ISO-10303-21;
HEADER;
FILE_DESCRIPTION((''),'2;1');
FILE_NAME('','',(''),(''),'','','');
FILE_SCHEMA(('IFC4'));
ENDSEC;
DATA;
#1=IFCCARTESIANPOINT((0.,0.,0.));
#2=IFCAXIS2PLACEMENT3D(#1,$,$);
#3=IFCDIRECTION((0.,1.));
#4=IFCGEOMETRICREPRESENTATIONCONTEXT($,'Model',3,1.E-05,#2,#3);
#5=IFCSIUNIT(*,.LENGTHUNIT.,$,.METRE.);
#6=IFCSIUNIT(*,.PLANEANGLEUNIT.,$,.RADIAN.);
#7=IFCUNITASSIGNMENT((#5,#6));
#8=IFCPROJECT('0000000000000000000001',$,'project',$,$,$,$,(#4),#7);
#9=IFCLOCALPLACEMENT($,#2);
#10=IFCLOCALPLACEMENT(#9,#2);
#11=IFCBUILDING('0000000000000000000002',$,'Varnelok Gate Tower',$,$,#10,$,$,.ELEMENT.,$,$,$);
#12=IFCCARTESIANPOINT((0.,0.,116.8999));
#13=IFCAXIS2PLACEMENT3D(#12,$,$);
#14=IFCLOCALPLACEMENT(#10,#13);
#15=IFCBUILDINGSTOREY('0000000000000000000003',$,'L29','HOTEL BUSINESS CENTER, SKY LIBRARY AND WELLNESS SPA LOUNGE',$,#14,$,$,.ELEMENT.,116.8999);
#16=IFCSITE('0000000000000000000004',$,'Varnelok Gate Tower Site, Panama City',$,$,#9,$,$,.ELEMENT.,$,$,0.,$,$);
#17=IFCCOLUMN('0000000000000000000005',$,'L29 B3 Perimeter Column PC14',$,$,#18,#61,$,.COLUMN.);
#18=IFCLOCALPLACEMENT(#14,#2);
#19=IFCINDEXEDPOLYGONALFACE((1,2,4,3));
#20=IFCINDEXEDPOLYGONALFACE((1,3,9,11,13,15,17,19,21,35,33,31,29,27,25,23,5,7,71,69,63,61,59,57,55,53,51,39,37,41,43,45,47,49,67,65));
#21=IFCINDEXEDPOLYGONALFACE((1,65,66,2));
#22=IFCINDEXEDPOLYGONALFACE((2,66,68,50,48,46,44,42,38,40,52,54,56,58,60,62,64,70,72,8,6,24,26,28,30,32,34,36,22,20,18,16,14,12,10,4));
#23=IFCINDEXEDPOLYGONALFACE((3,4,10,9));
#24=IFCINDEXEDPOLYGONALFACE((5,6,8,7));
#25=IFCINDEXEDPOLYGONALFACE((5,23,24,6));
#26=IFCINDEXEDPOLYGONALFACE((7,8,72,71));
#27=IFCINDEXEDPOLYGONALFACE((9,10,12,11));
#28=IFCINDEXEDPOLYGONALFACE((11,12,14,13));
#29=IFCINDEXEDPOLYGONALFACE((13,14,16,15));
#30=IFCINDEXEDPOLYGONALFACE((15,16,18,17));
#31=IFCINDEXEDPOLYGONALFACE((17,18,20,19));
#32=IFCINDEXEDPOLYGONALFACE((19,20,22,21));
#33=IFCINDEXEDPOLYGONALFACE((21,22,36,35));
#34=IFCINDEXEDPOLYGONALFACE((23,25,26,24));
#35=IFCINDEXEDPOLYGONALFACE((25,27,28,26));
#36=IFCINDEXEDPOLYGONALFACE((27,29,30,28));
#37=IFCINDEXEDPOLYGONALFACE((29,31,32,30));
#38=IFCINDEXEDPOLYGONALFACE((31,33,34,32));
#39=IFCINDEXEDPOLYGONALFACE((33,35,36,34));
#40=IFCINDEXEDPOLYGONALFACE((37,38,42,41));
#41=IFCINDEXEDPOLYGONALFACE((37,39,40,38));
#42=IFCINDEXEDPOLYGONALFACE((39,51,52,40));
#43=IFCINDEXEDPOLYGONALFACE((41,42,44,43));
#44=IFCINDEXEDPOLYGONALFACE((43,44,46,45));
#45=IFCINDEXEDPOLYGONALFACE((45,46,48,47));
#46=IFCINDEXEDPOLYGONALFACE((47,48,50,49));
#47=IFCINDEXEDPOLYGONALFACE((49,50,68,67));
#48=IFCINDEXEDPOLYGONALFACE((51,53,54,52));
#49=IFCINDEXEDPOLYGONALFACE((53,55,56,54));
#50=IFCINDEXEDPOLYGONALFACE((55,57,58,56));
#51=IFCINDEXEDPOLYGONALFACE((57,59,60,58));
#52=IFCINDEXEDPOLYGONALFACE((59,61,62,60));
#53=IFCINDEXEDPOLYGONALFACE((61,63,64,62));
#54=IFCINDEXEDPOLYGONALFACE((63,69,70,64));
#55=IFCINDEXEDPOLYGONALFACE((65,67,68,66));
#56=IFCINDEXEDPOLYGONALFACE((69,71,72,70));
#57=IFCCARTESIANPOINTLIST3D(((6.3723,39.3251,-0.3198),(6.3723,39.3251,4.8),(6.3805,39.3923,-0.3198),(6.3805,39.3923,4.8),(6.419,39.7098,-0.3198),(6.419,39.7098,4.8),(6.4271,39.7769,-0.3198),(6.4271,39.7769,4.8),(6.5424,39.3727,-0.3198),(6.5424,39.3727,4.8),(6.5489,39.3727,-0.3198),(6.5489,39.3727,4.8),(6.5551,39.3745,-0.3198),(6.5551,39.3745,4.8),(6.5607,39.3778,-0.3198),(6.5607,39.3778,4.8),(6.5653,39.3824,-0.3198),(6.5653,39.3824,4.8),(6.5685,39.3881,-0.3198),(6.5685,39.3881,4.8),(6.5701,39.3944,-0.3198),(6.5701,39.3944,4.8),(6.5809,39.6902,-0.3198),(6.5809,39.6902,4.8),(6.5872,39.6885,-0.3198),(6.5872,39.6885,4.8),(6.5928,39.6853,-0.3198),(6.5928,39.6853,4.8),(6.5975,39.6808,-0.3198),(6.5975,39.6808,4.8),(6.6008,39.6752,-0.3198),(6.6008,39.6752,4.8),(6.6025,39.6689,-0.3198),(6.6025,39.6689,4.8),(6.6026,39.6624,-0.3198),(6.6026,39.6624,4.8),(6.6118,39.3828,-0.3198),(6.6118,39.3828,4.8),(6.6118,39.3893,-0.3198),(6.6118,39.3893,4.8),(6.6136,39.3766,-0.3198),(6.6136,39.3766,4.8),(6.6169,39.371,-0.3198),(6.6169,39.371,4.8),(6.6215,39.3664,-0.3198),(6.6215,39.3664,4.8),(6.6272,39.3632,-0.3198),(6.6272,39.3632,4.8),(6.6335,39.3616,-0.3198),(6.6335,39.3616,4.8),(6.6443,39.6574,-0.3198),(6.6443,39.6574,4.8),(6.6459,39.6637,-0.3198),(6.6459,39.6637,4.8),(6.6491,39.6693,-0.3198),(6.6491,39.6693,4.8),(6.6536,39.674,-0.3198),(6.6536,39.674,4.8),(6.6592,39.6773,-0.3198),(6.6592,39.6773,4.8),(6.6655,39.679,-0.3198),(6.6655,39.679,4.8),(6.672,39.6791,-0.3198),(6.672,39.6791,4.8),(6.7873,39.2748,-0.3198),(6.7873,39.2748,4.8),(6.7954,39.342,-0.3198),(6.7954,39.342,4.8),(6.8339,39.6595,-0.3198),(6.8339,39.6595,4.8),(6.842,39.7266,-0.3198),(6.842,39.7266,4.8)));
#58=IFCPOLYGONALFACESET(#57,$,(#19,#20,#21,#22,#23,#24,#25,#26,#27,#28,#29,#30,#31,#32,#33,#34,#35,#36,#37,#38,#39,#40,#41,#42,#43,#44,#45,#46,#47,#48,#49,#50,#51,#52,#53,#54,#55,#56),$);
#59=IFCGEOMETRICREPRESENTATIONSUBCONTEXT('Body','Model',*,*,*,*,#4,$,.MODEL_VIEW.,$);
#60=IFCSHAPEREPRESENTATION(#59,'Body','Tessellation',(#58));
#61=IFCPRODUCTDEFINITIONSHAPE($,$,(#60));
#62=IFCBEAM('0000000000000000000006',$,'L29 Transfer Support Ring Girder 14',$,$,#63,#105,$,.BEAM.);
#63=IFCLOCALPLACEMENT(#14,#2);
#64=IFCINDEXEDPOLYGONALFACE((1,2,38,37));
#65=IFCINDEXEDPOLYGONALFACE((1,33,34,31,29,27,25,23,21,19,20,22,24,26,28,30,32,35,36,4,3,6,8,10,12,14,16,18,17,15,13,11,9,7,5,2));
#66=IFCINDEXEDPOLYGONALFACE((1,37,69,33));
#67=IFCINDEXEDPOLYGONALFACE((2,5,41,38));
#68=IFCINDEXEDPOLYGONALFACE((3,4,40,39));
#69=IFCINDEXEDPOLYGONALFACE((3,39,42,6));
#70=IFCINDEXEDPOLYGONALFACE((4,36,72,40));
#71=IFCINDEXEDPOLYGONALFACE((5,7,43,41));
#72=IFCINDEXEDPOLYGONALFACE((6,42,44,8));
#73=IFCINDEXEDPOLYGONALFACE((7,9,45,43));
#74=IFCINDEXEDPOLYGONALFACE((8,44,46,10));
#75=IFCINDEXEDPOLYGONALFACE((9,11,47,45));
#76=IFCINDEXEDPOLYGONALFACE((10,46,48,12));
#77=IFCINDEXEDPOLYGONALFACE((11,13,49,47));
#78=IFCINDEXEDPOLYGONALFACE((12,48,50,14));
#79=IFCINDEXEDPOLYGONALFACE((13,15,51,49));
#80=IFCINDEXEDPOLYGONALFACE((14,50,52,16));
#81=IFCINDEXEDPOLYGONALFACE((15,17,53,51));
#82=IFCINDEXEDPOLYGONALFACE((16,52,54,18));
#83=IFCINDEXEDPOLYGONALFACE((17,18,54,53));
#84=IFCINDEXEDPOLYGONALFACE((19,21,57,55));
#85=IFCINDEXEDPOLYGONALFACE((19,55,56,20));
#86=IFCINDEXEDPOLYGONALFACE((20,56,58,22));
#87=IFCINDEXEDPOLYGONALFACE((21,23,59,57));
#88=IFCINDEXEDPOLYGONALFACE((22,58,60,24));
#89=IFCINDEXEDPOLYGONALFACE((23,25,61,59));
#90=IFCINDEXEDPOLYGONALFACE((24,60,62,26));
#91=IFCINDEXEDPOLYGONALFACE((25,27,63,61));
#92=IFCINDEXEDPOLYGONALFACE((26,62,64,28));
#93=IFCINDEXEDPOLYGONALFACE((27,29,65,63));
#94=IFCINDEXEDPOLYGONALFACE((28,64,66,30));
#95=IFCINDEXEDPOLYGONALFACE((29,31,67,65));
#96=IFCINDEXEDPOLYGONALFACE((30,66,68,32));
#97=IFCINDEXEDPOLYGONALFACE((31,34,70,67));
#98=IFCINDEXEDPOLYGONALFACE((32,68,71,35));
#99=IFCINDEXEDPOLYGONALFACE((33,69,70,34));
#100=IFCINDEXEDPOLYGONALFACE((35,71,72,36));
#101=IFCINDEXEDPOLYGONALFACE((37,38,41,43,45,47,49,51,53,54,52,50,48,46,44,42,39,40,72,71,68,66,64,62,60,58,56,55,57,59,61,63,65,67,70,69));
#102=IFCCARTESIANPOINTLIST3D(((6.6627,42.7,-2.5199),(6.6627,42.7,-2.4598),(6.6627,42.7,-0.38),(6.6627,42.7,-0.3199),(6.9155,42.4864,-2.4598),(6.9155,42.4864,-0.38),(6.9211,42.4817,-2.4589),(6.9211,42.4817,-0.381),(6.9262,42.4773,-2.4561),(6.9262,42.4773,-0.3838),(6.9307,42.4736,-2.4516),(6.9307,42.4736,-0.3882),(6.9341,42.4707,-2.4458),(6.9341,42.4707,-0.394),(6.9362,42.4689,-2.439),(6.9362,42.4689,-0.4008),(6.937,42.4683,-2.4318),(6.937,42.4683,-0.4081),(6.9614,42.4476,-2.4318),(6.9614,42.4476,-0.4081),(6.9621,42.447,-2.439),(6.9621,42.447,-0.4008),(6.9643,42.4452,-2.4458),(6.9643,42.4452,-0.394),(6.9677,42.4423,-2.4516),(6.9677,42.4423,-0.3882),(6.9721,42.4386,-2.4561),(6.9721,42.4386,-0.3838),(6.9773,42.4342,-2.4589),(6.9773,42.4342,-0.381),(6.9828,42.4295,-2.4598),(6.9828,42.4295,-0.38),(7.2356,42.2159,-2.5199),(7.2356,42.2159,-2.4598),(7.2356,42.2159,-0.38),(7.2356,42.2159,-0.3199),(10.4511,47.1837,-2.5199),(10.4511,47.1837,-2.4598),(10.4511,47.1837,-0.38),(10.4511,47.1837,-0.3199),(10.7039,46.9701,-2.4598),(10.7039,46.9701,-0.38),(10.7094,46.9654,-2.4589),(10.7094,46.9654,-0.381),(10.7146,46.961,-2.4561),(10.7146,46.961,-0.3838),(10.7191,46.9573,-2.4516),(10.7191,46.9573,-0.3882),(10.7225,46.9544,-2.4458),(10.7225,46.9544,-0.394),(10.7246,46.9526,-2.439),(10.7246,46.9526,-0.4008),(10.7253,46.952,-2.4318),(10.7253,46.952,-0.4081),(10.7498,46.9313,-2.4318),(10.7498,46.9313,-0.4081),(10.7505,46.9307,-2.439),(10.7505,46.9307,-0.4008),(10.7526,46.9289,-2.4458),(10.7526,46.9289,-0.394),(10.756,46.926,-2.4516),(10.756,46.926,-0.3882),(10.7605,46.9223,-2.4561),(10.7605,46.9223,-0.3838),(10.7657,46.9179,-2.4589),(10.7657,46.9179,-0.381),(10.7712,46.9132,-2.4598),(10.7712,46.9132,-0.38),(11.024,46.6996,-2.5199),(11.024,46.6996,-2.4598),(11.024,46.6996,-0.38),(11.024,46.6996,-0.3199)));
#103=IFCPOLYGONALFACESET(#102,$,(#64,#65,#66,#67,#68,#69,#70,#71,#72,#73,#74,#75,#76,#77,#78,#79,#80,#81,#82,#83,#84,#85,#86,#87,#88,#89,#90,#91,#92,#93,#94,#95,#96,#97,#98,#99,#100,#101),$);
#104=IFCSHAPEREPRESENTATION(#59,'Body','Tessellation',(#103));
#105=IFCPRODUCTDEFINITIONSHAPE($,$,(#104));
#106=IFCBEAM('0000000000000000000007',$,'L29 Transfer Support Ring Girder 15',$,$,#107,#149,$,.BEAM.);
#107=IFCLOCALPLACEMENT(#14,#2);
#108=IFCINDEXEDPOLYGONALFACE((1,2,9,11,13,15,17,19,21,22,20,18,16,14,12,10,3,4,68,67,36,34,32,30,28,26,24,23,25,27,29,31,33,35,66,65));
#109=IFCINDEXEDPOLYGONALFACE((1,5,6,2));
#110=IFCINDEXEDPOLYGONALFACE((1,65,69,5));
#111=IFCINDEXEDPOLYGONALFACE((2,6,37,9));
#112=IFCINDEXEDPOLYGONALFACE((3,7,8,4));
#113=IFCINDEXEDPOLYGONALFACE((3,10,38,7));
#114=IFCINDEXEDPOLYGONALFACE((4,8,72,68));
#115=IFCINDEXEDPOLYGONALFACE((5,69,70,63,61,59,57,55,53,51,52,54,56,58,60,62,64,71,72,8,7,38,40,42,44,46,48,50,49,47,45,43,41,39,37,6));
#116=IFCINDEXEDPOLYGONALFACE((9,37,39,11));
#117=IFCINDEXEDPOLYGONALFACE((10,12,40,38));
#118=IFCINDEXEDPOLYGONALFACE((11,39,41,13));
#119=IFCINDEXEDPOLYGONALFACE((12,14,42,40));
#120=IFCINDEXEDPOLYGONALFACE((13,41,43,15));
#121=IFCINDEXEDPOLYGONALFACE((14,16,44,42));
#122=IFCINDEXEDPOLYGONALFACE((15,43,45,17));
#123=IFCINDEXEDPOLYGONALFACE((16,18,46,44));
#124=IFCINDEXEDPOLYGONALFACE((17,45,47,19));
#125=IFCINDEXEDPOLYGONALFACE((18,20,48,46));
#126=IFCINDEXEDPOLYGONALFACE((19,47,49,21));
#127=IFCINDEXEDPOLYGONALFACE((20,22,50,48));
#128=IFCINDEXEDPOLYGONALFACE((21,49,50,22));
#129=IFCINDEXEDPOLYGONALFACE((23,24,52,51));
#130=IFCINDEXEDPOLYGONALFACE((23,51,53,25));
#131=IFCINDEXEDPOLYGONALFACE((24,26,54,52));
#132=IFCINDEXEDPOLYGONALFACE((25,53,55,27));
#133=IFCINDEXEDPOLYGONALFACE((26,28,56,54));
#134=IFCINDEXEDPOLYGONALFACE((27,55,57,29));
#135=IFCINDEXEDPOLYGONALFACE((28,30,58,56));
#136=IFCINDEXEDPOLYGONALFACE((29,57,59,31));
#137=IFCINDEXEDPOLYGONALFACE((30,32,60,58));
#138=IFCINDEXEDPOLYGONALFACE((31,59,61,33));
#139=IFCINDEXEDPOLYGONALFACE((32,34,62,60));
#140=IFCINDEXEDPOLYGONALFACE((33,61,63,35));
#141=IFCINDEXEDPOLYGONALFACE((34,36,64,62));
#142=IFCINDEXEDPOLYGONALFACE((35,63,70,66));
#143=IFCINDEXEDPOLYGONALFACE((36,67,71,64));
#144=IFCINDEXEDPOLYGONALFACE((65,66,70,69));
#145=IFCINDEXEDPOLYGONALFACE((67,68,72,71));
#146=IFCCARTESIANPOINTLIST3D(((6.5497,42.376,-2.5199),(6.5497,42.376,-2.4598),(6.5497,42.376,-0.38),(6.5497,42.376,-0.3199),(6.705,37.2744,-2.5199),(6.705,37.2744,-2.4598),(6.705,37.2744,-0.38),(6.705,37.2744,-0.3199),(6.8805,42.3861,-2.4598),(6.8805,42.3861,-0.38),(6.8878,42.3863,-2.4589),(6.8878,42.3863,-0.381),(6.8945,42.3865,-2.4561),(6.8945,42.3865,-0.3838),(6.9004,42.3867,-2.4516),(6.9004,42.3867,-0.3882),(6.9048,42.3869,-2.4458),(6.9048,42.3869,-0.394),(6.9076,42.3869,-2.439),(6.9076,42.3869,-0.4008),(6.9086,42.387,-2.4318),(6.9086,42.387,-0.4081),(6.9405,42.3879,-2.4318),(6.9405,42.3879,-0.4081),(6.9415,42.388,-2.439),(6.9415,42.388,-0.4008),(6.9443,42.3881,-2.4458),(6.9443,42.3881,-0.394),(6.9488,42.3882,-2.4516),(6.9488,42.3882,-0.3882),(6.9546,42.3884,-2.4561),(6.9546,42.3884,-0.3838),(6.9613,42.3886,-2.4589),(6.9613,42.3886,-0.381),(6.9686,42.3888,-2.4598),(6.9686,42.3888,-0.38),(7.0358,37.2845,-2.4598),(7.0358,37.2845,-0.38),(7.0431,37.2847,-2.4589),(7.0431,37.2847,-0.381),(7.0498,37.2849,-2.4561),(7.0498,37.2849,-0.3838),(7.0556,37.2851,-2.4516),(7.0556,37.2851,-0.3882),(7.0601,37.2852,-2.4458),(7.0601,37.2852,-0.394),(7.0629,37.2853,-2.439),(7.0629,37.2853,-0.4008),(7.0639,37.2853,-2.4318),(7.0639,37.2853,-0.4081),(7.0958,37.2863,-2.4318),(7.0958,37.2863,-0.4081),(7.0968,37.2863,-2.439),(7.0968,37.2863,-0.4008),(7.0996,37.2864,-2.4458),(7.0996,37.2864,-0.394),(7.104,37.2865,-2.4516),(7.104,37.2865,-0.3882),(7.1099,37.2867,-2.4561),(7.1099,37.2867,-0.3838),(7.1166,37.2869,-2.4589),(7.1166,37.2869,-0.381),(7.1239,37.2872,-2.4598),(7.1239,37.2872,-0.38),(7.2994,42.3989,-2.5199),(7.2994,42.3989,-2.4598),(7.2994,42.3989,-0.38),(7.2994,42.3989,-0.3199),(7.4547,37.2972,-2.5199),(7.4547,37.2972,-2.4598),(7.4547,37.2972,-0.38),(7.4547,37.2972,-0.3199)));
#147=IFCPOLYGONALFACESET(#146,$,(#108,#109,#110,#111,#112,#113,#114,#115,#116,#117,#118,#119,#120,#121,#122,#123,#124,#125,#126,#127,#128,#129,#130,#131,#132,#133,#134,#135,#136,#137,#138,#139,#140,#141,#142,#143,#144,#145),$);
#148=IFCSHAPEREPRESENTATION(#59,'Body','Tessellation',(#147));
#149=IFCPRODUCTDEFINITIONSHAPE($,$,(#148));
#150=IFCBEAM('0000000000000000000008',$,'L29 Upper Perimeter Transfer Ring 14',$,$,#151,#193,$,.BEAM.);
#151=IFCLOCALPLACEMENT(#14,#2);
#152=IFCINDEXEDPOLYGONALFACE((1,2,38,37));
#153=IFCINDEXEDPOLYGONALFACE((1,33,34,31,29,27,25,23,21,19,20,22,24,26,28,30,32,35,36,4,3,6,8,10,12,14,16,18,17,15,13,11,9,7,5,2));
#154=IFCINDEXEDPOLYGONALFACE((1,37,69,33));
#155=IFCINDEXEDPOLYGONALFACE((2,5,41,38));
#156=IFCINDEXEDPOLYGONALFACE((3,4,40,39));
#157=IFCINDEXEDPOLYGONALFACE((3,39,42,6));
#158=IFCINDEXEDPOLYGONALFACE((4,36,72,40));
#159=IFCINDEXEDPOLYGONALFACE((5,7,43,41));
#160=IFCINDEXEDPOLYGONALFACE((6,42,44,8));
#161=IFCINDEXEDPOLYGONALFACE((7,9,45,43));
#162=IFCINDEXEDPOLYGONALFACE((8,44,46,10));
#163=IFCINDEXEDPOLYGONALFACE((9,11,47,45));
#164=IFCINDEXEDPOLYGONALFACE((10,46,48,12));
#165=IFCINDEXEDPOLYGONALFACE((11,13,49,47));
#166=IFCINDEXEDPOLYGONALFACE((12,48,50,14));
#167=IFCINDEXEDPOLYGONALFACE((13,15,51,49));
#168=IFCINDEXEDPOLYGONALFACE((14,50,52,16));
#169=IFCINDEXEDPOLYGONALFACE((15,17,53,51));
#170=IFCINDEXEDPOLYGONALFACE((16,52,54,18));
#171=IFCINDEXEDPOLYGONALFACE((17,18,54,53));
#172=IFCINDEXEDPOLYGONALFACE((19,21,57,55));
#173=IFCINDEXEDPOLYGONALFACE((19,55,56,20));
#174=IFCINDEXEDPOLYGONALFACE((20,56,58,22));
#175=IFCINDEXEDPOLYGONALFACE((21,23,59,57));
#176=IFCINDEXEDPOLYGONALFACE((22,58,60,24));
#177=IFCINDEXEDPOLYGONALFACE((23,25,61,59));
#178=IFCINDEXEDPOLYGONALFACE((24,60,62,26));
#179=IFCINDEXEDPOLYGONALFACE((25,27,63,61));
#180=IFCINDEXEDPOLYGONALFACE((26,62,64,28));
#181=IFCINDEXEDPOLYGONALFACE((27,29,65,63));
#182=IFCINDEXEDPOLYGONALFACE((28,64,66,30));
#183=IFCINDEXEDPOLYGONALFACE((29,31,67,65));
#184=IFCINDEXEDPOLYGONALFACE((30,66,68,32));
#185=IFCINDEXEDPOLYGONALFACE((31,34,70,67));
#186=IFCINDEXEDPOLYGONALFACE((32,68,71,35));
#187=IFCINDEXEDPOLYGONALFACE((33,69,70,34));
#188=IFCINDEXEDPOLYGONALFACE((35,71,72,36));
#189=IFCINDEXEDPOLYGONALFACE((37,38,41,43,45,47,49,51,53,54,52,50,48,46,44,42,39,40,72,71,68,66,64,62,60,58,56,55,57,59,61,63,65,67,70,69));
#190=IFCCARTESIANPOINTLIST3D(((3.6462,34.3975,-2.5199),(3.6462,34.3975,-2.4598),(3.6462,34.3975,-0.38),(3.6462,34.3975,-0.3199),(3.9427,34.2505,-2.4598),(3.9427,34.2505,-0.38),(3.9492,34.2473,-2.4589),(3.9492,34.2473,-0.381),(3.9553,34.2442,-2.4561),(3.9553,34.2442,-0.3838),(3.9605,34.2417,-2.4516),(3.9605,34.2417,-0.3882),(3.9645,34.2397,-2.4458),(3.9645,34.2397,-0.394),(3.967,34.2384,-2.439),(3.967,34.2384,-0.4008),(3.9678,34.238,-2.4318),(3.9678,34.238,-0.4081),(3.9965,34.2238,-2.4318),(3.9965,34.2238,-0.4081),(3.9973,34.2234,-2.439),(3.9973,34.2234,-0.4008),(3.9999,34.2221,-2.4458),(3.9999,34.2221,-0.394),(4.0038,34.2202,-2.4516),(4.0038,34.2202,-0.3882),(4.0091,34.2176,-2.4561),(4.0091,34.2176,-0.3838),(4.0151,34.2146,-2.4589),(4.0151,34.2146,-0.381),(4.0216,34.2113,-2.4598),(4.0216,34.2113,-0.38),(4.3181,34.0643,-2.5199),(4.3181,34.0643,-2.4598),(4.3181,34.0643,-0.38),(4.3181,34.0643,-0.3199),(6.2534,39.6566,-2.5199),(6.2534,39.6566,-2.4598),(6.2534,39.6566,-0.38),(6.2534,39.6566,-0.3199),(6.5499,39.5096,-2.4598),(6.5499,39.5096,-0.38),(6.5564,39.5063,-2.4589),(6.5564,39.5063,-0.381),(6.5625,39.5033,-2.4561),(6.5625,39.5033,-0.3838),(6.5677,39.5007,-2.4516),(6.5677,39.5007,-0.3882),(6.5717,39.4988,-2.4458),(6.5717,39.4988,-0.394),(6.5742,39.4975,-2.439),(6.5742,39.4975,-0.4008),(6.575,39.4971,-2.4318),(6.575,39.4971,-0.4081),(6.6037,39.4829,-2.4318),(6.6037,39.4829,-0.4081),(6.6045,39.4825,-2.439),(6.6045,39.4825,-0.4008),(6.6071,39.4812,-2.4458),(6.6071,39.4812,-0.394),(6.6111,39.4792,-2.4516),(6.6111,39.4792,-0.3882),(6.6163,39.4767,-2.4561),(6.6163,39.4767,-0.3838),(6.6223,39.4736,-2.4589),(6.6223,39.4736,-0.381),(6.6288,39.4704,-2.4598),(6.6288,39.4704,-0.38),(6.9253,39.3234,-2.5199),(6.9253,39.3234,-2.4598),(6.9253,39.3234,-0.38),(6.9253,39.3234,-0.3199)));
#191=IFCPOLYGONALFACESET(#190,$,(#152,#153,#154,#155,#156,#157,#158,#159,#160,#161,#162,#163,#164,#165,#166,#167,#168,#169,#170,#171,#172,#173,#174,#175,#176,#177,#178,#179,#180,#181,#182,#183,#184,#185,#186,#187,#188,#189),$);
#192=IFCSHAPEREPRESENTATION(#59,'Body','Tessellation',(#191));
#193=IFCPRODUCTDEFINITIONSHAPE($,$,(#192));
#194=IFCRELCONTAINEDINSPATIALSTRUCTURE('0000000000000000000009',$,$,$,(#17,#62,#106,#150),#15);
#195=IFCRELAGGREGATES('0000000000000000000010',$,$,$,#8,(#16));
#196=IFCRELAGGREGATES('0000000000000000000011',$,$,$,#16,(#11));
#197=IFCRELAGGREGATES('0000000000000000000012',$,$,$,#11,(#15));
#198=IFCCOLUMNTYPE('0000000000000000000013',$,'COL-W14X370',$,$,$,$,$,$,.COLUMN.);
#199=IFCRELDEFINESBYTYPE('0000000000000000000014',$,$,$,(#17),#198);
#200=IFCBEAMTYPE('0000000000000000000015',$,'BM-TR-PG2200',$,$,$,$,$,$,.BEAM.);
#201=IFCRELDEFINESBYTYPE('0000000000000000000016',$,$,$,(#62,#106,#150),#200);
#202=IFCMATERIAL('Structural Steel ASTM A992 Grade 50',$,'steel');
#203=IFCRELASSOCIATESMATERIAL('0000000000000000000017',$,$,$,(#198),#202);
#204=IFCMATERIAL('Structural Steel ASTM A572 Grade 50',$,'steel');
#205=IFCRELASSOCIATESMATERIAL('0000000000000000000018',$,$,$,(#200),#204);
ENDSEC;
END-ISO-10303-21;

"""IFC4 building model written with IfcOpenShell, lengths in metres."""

from ifc_helpers import new_model, si_unit, direction, frame, origin, origin_2d, place, context, subcontext, project, spatial, i_section, extrude, material, material_profile, profile_set, type_object, element, save


model = new_model("IFC4")

# Units and contexts
model_context = context("Model", 3, precision=1e-05, world=origin(), true_north=direction((0.0, 1.0)))
body_context = subcontext(model_context, "Body", "Model", "MODEL_VIEW")
ifc_project = project(units=[si_unit("LENGTHUNIT", "METRE"), si_unit("PLANEANGLEUNIT", "RADIAN")], contexts=[model_context])

# Site, building, storey
site_placement = place(None, origin())
site = spatial("IfcSite", under=ifc_project, at=site_placement, Name="Varnelok Gate Tower Site, Panama City", CompositionType="ELEMENT", RefElevation=0.0)
building_placement = place(site_placement, origin())
building = spatial("IfcBuilding", under=site, at=building_placement, Name="Varnelok Gate Tower", CompositionType="ELEMENT")
storey_placement = place(building_placement, frame((0.0, 0.0, 116.8999)))
storey = spatial("IfcBuildingStorey", under=building, at=storey_placement, Name="L29", Description="HOTEL BUSINESS CENTER, SKY LIBRARY AND WELLNESS SPA LOUNGE", CompositionType="ELEMENT", Elevation=116.8999)

# Column
ifc_material_1 = material(Name="Structural Steel ASTM A992 Grade 50", Category="steel")
ifc_material_profile_1 = material_profile(ifc_material_1, i_section(OverallWidth=0.418, OverallDepth=0.4551, WebThickness=0.042, FlangeThickness=0.0676, FilletRadius=0.0249, at=origin_2d()), Name="W14X370")
ifc_profile_set_1 = profile_set([ifc_material_profile_1], Name="Structural Steel ASTM A992 Grade 50")
column_type = type_object("IfcColumnType", Name="COL-W14X370", PredefinedType="COLUMN", material=ifc_profile_set_1)
column_placement = place(storey_placement, frame((6.6072, 39.5259, -0.3198), z_axis=(0.0, 0.0, 1.0), x_axis=(0.992732, -0.120345, 0.0)))
element("IfcColumn", 1, at=column_placement, inside=storey, type_object=column_type, Name="L29 B3 Perimeter Column PC14", PredefinedType="COLUMN", context=body_context, shape_type="SweptSolid", body=[
    extrude(i_section(OverallWidth=0.418, OverallDepth=0.4551, WebThickness=0.042, FlangeThickness=0.0676, FilletRadius=0.0249, at=origin_2d()), origin(), (0.0, 0.0, 1.0), 5.1199),
])

# Beams
ifc_material_2 = material(Name="Structural Steel ASTM A572 Grade 50", Category="steel")
ifc_material_profile_2 = material_profile(ifc_material_2, i_section(OverallWidth=0.75, OverallDepth=2.2, WebThickness=0.032, FlangeThickness=0.0601, FilletRadius=0.0281, at=origin_2d()), Name="PG2200X750")
ifc_profile_set_2 = profile_set([ifc_material_profile_2], Name="Structural Steel ASTM A572 Grade 50")
beam_type = type_object("IfcBeamType", Name="BM-TR-PG2200", PredefinedType="BEAM", material=ifc_profile_set_2)
beam_1_placement = place(storey_placement, frame((10.7375, 46.9417, -1.4199), z_axis=(-0.645394, -0.76385, 0.0), x_axis=(0.76385, -0.645394, 0.0)))
element("IfcBeam", 2, at=beam_1_placement, inside=storey, type_object=beam_type, Name="L29 Transfer Support Ring Girder 14", PredefinedType="BEAM", context=body_context, shape_type="SweptSolid", body=[
    extrude(i_section(OverallWidth=0.75, OverallDepth=2.2, WebThickness=0.032, FlangeThickness=0.0601, FilletRadius=0.0281, at=origin_2d()), origin(), (0.0, 0.0, 1.0), 5.8699),
])
beam_2_placement = place(storey_placement, frame((6.9246, 42.3875, -1.4199), z_axis=(0.030422, -0.999537, 0.0), x_axis=(0.999537, 0.030422, 0.0)))
element("IfcBeam", 3, at=beam_2_placement, inside=storey, type_object=beam_type, Name="L29 Transfer Support Ring Girder 15", PredefinedType="BEAM", context=body_context, shape_type="SweptSolid", body=[
    extrude(i_section(OverallWidth=0.75, OverallDepth=2.2, WebThickness=0.032, FlangeThickness=0.0601, FilletRadius=0.0281, at=origin_2d()), origin(), (0.0, 0.0, 1.0), 5.104),
])
beam_3_placement = place(storey_placement, frame((6.5894, 39.49, -1.4199), z_axis=(-0.444166, -0.895944, 0.0), x_axis=(0.895944, -0.444166, 0.0)))
element("IfcBeam", 4, at=beam_3_placement, inside=storey, type_object=beam_type, Name="L29 Upper Perimeter Transfer Ring 14", PredefinedType="BEAM", context=body_context, shape_type="SweptSolid", body=[
    extrude(i_section(OverallWidth=0.75, OverallDepth=2.2, WebThickness=0.032, FlangeThickness=0.0601, FilletRadius=0.0281, at=origin_2d()), origin(), (0.0, 0.0, 1.0), 5.8699),
])

save(model, "model.ifc")
